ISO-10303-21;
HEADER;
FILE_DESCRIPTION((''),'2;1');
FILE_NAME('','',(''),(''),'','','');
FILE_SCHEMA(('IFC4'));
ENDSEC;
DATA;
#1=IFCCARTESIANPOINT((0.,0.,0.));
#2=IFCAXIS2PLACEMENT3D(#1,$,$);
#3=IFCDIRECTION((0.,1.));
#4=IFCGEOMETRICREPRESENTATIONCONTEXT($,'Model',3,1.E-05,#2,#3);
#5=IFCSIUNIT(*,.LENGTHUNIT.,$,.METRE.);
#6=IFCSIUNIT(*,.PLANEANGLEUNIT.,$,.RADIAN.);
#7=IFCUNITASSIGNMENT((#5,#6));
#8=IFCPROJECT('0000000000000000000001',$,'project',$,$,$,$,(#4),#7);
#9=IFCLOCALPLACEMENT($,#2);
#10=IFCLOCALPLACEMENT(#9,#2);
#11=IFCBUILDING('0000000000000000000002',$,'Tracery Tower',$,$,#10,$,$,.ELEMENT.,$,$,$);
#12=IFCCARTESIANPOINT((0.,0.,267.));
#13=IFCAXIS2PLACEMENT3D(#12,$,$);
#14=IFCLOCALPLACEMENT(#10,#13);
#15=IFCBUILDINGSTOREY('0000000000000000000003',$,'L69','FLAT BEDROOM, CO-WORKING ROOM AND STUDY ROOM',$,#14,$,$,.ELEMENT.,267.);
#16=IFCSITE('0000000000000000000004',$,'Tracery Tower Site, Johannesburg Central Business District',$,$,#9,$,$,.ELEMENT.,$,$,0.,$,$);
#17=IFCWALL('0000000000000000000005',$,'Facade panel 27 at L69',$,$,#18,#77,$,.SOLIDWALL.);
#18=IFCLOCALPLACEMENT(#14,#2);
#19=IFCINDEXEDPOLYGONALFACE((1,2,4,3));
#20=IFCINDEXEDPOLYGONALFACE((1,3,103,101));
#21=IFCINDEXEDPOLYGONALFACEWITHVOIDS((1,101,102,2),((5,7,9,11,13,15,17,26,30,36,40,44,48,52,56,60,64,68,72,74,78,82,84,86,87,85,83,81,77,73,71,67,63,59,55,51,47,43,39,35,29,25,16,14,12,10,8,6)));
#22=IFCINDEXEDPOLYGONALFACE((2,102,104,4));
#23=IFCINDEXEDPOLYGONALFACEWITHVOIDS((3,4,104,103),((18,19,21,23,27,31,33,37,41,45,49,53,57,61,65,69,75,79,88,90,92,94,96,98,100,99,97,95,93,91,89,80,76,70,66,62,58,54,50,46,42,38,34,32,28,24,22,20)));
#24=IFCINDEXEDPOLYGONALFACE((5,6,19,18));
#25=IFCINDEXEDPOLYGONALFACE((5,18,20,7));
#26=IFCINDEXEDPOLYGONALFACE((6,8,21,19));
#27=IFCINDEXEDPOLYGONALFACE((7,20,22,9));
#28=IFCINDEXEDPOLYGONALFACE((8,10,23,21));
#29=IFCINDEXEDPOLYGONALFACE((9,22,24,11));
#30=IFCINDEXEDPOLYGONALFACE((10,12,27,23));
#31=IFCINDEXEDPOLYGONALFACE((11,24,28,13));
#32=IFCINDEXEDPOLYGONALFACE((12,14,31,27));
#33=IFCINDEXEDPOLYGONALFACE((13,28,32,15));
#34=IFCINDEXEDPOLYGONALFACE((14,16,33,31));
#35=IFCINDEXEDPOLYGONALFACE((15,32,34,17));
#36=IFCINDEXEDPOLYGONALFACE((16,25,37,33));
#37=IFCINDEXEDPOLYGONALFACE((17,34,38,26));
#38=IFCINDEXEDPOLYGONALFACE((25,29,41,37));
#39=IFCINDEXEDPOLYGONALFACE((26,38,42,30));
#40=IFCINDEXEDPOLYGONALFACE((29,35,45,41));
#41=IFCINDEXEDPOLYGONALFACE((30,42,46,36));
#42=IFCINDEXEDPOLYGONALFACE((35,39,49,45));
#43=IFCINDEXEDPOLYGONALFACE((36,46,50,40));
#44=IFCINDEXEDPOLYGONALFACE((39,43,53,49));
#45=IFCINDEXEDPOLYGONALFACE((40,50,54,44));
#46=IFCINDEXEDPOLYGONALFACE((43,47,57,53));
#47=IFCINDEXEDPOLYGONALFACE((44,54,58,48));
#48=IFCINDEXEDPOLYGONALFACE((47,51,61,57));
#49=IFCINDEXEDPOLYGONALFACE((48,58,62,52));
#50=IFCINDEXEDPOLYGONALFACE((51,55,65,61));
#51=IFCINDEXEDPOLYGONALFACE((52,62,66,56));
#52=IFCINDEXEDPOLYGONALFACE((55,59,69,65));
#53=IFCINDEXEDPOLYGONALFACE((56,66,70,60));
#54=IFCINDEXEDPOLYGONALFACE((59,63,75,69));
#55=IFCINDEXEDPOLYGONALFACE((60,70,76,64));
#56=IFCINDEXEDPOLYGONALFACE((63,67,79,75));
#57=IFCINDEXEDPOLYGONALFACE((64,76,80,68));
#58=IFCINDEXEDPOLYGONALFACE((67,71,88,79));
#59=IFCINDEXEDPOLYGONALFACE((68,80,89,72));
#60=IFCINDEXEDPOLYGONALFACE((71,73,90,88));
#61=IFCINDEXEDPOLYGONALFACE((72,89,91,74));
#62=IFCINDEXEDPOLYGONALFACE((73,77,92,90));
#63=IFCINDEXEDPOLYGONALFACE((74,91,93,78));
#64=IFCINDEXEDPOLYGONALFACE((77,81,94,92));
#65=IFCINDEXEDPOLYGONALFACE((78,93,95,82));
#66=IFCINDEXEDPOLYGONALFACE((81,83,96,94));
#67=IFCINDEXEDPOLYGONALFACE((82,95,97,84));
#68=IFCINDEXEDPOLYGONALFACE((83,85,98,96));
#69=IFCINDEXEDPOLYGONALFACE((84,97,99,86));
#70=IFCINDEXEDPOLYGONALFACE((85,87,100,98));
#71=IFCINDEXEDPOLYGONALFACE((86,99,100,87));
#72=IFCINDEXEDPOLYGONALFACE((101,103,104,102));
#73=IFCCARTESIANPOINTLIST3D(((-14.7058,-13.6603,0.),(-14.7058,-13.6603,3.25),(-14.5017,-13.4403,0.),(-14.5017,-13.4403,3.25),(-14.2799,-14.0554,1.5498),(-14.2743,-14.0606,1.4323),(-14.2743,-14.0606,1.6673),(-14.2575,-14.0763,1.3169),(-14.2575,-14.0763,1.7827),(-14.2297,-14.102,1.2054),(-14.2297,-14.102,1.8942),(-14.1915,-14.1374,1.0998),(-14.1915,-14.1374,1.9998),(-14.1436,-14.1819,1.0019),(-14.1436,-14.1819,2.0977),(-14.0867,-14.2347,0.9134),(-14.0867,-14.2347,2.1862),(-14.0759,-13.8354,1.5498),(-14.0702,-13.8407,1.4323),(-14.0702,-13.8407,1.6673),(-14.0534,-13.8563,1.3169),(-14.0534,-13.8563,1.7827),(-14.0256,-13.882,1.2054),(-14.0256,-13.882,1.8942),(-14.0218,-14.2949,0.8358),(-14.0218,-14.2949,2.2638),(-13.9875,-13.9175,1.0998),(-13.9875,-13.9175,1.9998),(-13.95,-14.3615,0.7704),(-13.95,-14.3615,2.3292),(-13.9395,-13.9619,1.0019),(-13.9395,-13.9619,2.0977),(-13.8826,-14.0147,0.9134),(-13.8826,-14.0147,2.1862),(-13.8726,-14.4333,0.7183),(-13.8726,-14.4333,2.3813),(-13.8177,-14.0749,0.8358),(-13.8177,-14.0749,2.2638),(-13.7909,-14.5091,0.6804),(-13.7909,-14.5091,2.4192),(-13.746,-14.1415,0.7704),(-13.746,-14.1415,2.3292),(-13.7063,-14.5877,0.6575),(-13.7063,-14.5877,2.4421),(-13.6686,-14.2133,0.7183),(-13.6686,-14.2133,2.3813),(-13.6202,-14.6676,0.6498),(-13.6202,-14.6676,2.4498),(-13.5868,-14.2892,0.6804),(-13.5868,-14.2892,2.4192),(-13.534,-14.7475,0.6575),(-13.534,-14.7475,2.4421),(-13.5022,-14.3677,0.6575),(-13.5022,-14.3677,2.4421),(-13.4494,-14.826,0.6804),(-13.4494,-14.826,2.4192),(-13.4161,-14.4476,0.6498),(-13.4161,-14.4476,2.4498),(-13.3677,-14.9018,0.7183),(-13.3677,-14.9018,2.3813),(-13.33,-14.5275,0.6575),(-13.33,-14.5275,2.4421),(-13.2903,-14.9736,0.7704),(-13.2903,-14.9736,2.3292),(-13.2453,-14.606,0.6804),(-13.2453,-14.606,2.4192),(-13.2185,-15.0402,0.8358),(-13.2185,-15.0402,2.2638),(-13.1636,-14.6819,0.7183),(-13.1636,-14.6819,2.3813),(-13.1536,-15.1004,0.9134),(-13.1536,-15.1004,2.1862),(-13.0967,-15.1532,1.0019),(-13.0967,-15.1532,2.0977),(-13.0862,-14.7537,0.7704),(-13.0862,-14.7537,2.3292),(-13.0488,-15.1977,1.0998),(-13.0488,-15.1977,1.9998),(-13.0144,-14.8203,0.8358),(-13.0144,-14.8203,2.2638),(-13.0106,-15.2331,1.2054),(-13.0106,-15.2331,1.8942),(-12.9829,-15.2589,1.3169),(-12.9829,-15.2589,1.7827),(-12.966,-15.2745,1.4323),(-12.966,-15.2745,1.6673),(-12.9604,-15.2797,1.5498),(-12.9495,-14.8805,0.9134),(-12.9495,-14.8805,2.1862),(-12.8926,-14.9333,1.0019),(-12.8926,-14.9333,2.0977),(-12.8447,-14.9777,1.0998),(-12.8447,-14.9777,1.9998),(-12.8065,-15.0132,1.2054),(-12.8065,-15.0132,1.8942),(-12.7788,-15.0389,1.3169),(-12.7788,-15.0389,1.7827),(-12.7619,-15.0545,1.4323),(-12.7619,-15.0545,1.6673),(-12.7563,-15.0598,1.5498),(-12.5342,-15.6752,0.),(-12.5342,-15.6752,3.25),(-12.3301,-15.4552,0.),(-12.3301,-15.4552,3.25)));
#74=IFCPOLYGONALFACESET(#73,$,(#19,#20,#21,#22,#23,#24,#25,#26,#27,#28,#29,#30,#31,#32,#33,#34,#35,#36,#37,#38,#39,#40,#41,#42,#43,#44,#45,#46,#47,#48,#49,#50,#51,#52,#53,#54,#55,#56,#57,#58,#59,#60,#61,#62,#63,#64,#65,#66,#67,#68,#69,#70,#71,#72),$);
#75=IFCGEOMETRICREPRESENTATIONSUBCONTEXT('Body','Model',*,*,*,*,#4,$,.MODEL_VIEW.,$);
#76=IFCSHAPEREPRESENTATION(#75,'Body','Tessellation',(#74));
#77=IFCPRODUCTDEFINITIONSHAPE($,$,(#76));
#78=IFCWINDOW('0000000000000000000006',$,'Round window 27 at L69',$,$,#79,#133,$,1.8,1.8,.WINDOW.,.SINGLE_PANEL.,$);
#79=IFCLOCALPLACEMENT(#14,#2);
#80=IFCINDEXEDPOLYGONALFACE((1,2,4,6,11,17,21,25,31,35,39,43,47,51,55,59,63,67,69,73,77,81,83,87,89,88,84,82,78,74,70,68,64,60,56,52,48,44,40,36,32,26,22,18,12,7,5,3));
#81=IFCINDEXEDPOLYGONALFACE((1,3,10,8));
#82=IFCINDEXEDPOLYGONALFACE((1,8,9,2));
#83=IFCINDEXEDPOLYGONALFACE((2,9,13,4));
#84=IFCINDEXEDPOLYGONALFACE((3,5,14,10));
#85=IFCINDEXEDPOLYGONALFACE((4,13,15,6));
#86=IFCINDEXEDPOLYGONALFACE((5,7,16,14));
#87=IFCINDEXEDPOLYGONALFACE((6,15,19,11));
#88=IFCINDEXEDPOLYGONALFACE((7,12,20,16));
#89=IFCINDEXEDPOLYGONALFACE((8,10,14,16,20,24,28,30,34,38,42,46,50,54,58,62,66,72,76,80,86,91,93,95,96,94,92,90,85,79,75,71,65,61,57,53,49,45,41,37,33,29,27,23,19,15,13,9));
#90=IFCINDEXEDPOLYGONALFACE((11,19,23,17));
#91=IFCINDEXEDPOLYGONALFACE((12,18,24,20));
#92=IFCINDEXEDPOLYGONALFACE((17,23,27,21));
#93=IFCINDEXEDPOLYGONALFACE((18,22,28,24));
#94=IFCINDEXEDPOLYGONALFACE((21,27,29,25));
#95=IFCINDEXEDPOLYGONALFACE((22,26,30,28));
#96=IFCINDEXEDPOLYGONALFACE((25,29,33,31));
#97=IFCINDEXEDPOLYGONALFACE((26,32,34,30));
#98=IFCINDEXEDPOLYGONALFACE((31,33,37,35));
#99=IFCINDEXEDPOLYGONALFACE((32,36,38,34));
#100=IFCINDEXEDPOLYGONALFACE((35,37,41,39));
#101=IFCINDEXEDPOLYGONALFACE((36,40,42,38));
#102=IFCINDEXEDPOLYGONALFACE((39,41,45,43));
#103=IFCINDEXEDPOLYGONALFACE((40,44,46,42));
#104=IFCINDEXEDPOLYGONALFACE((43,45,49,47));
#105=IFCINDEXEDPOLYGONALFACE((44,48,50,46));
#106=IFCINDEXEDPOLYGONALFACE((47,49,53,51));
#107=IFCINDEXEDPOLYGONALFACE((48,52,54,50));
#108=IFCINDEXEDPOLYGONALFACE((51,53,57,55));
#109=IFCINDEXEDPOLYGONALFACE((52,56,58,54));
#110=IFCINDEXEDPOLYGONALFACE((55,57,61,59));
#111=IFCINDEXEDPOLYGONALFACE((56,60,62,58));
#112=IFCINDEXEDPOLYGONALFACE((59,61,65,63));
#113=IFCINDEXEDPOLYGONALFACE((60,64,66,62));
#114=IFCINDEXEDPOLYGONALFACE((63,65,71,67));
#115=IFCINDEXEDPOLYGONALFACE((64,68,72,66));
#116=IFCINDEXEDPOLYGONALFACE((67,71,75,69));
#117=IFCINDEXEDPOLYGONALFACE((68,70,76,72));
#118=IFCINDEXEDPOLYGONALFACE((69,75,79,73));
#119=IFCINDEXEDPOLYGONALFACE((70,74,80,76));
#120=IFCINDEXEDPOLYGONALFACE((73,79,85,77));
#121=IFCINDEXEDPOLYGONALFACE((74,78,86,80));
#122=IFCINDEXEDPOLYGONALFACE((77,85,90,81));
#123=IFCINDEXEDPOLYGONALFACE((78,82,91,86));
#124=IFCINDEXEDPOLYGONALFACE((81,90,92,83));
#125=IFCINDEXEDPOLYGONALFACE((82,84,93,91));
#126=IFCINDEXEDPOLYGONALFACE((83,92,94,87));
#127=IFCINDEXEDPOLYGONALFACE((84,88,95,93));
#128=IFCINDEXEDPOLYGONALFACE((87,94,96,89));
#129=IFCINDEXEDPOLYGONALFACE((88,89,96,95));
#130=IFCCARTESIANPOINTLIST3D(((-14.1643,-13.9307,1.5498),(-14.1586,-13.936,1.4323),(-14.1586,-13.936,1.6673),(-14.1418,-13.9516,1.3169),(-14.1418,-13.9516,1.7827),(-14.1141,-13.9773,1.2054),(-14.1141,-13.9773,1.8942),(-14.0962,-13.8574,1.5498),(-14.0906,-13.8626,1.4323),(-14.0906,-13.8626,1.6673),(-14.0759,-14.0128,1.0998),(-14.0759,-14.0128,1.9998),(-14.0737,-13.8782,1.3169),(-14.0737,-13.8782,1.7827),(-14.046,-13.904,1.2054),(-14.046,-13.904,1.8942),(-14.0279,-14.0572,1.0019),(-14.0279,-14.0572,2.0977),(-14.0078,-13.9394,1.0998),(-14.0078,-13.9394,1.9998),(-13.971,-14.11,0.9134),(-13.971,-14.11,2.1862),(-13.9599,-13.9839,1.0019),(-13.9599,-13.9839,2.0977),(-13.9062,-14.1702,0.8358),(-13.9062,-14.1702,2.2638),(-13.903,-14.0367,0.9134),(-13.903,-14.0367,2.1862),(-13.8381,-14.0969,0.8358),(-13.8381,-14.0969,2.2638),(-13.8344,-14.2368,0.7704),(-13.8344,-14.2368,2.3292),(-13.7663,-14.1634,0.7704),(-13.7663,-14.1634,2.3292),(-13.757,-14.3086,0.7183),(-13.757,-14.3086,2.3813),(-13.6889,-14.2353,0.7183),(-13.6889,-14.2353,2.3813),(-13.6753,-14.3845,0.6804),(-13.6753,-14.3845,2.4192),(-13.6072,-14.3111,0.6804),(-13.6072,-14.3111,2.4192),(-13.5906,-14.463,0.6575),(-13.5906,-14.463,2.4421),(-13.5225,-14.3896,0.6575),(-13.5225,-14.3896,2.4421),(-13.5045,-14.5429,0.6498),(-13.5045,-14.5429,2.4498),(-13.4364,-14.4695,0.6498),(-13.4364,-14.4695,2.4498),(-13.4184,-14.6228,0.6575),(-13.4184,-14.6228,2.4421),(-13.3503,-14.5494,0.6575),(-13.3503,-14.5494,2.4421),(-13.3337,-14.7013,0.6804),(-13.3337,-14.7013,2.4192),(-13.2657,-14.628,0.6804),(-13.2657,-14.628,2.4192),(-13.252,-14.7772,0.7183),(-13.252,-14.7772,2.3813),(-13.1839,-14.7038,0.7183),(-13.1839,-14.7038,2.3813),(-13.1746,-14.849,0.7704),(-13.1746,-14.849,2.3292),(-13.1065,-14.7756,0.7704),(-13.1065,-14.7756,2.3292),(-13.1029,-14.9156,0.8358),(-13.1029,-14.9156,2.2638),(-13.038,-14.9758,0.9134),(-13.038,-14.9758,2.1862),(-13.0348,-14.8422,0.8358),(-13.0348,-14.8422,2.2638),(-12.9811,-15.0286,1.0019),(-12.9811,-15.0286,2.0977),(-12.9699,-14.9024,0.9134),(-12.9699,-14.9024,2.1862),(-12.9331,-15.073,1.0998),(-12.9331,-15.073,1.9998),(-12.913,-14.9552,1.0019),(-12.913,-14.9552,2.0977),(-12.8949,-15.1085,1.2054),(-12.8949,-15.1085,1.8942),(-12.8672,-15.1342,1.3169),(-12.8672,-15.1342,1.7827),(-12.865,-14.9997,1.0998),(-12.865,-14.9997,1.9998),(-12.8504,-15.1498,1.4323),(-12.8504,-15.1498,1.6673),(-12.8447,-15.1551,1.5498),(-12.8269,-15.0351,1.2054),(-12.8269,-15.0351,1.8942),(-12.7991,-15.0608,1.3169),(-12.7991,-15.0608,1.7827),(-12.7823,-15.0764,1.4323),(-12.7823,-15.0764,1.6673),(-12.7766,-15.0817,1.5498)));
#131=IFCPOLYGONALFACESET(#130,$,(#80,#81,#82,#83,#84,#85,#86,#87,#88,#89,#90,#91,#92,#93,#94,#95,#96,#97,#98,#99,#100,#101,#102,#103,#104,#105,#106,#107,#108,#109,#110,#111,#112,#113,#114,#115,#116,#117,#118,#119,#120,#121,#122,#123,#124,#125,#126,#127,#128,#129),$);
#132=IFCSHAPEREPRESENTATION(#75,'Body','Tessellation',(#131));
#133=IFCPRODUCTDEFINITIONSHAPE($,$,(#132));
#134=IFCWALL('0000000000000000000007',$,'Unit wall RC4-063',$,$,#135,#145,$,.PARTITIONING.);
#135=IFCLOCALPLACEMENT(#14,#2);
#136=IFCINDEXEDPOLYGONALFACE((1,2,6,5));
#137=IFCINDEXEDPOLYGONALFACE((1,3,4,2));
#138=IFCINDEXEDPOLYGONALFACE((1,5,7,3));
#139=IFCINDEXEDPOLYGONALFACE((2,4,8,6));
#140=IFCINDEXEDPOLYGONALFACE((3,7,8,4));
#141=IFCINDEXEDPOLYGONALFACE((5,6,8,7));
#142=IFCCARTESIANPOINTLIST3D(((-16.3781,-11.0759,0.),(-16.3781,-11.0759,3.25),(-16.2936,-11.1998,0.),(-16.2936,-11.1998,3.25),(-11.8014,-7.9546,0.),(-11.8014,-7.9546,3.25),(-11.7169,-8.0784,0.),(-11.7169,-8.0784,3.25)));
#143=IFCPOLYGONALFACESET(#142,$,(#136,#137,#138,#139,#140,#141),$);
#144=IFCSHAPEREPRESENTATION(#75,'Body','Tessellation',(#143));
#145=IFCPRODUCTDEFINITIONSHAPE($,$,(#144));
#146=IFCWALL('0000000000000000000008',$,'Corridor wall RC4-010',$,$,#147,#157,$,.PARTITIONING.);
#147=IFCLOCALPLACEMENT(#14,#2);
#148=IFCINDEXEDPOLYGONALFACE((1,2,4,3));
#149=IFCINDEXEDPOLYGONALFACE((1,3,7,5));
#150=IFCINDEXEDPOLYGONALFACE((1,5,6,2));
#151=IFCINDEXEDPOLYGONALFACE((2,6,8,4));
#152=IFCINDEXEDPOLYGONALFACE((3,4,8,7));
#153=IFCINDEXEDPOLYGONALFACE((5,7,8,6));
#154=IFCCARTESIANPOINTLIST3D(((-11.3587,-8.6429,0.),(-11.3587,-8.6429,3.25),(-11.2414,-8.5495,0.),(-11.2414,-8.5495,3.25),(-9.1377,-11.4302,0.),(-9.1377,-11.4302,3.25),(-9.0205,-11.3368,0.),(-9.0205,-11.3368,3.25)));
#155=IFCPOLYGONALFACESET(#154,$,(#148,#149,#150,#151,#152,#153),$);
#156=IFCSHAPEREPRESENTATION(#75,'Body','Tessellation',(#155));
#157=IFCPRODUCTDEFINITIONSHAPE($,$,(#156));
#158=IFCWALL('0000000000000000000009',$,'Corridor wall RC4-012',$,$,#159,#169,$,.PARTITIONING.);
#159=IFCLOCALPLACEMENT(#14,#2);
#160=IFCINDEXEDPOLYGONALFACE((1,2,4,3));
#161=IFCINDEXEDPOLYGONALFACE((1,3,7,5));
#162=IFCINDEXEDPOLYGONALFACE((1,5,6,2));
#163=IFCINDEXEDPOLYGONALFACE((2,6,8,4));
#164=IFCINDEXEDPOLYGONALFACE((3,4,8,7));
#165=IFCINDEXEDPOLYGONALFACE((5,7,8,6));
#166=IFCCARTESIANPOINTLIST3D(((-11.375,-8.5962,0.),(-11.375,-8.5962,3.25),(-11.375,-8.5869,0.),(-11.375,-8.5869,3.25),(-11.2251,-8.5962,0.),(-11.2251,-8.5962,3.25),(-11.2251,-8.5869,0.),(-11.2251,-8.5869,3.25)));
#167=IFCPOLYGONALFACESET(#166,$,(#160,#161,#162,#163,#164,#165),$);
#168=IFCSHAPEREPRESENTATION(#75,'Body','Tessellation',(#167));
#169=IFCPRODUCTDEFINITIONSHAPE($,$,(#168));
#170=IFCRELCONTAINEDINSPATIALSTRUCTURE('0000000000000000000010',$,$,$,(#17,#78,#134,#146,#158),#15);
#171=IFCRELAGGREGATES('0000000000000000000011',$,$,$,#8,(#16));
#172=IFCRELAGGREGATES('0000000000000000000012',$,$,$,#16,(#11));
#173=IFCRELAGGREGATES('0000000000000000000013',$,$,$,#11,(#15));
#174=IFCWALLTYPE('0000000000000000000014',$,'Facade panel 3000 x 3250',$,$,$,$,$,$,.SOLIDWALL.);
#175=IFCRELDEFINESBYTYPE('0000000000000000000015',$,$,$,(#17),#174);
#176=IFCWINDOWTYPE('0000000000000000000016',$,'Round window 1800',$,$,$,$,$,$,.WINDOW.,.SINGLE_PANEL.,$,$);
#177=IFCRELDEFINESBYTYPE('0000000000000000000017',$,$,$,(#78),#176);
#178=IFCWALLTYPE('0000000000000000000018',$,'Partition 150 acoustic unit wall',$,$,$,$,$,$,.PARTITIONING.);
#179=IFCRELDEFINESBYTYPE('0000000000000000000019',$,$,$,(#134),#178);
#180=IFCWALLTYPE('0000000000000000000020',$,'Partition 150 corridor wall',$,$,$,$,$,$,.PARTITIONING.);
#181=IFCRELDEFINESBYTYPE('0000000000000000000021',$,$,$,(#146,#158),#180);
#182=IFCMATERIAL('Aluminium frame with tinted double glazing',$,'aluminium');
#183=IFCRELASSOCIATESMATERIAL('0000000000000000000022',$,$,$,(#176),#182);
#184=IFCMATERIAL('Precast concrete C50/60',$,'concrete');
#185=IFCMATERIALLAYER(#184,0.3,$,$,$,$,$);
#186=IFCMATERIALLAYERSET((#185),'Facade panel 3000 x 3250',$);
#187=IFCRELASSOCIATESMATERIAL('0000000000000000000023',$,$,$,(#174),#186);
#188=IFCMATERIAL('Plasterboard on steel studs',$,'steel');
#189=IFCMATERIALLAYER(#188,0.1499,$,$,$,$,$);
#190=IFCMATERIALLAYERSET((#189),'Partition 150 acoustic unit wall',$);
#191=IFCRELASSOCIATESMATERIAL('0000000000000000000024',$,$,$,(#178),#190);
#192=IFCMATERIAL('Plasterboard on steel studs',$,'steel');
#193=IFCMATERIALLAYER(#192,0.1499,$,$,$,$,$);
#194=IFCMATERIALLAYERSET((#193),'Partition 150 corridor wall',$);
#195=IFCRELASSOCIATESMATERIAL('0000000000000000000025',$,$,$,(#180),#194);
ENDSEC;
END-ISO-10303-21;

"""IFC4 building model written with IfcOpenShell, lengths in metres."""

from ifc_helpers import new_model, si_unit, direction, frame, frame_2d, origin, origin_2d, place, context, subcontext, project, spatial, rectangle, circle, extrude, material, layer, layer_set, type_object, element, fill, save


model = new_model("IFC4")

# Units and contexts
model_context = context("Model", 3, precision=1e-05, world=origin(), true_north=direction((0.0, 1.0)))
body_context = subcontext(model_context, "Body", "Model", "MODEL_VIEW")
ifc_project = project(units=[si_unit("LENGTHUNIT", "METRE"), si_unit("PLANEANGLEUNIT", "RADIAN")], contexts=[model_context])

# Site, building, storey
site_placement = place(None, origin())
site = spatial("IfcSite", under=ifc_project, at=site_placement, Name="Tracery Tower Site, Johannesburg Central Business District", CompositionType="ELEMENT", RefElevation=0.0)
building_placement = place(site_placement, origin())
building = spatial("IfcBuilding", under=site, at=building_placement, Name="Tracery Tower", CompositionType="ELEMENT")
storey_placement = place(building_placement, frame((0.0, 0.0, 267.0)))
storey = spatial("IfcBuildingStorey", under=building, at=storey_placement, Name="L69", Description="FLAT BEDROOM, CO-WORKING ROOM AND STUDY ROOM", CompositionType="ELEMENT", Elevation=267.0)

# Wall, opening, window
ifc_material_1 = material(Name="Aluminium frame with tinted double glazing", Category="aluminium")
window_type = type_object("IfcWindowType", Name="Round window 1800", PartitioningType="SINGLE_PANEL", PredefinedType="WINDOW", material=ifc_material_1)
ifc_material_2 = material(Name="Precast concrete C50/60", Category="concrete")
ifc_layer_1 = layer(ifc_material_2, 0.3)
ifc_layer_set_1 = layer_set([ifc_layer_1], Name="Facade panel 3000 x 3250")
wall_type_1 = type_object("IfcWallType", Name="Facade panel 3000 x 3250", PredefinedType="SOLIDWALL", material=ifc_layer_set_1)
wall_1_placement = place(storey_placement, frame((-14.6038, -13.5503, 0.0), z_axis=(0.0, 0.0, 1.0), x_axis=(0.733066, -0.680157, 0.0)))
wall_1 = element("IfcWall", 1, at=wall_1_placement, inside=storey, type_object=wall_type_1, Name="Facade panel 27 at L69", PredefinedType="SOLIDWALL", context=body_context, shape_type="SweptSolid", body=[
    extrude(rectangle(XDim=2.9624, YDim=0.3, at=frame_2d((1.4812, 0.0))), origin(), (0.0, 0.0, 1.0), 3.25),
])
opening_1_placement = place(wall_1_placement, frame((1.481, 0.0, 1.5498)))
opening_1 = element("IfcOpeningElement", 2, at=opening_1_placement, cuts=wall_1, PredefinedType="OPENING", context=body_context, shape_type="SweptSolid", body=[
    extrude(circle(Radius=0.9, at=origin_2d()), frame((0.0, 0.1599, 0.0), z_axis=(0.0, -1.0, 0.0), x_axis=(1.0, 0.0, 0.0)), (0.0, 0.0, 1.0), 0.3201),
])
window_1_placement = place(opening_1_placement, origin())
window_1 = element("IfcWindow", 3, at=window_1_placement, inside=storey, type_object=window_type, Name="Round window 27 at L69", OverallHeight=1.8, OverallWidth=1.8, PartitioningType="SINGLE_PANEL", PredefinedType="WINDOW", context=body_context, shape_type="SweptSolid", body=[
    extrude(circle(Radius=0.9, at=origin_2d()), frame((0.0, 0.1201, 0.0), z_axis=(0.0, -1.0, 0.0), x_axis=(1.0, 0.0, 0.0)), (0.0, 0.0, 1.0), 0.1001),
])
fill(opening_1, window_1)

# Walls
ifc_material_3 = material(Name="Plasterboard on steel studs", Category="steel")
ifc_layer_2 = layer(ifc_material_3, 0.1499)
ifc_layer_set_2 = layer_set([ifc_layer_2], Name="Partition 150 acoustic unit wall")
wall_type_2 = type_object("IfcWallType", Name="Partition 150 acoustic unit wall", PredefinedType="PARTITIONING", material=ifc_layer_set_2)
wall_2_placement = place(storey_placement, frame((-16.3359, -11.1379, 0.0), z_axis=(0.0, 0.0, 1.0), x_axis=(0.826153, 0.563446, 0.0)))
element("IfcWall", 4, at=wall_2_placement, inside=storey, type_object=wall_type_2, Name="Unit wall RC4-063", PredefinedType="PARTITIONING", context=body_context, shape_type="SweptSolid", body=[
    extrude(rectangle(XDim=5.5398, YDim=0.1499, at=frame_2d((2.77, 0.0))), origin(), (0.0, 0.0, 1.0), 3.25),
])
ifc_material_4 = material(Name="Plasterboard on steel studs", Category="steel")
ifc_layer_3 = layer(ifc_material_4, 0.1499)
ifc_layer_set_3 = layer_set([ifc_layer_3], Name="Partition 150 corridor wall")
wall_type_3 = type_object("IfcWallType", Name="Partition 150 corridor wall", PredefinedType="PARTITIONING", material=ifc_layer_set_3)
wall_3_placement = place(storey_placement, frame((-11.3, -8.5962, 0.0), z_axis=(0.0, 0.0, 1.0), x_axis=(0.623165, -0.78209, 0.0)))
element("IfcWall", 5, at=wall_3_placement, inside=storey, type_object=wall_type_3, Name="Corridor wall RC4-010", PredefinedType="PARTITIONING", context=body_context, shape_type="SweptSolid", body=[
    extrude(rectangle(XDim=3.564, YDim=0.1499, at=frame_2d((1.782, 0.0))), origin(), (0.0, 0.0, 1.0), 3.25),
])
wall_4_placement = place(storey_placement, frame((-11.3, -8.5962, 0.0), z_axis=(0.0, 0.0, 1.0), x_axis=(0.0, 1.0, 0.0)))
element("IfcWall", 6, at=wall_4_placement, inside=storey, type_object=wall_type_3, Name="Corridor wall RC4-012", PredefinedType="PARTITIONING", context=body_context, shape_type="SweptSolid", body=[
    extrude(rectangle(XDim=0.0093, YDim=0.1499, at=frame_2d((0.0046, 0.0))), origin(), (0.0, 0.0, 1.0), 3.25),
])

save(model, "model.ifc")
